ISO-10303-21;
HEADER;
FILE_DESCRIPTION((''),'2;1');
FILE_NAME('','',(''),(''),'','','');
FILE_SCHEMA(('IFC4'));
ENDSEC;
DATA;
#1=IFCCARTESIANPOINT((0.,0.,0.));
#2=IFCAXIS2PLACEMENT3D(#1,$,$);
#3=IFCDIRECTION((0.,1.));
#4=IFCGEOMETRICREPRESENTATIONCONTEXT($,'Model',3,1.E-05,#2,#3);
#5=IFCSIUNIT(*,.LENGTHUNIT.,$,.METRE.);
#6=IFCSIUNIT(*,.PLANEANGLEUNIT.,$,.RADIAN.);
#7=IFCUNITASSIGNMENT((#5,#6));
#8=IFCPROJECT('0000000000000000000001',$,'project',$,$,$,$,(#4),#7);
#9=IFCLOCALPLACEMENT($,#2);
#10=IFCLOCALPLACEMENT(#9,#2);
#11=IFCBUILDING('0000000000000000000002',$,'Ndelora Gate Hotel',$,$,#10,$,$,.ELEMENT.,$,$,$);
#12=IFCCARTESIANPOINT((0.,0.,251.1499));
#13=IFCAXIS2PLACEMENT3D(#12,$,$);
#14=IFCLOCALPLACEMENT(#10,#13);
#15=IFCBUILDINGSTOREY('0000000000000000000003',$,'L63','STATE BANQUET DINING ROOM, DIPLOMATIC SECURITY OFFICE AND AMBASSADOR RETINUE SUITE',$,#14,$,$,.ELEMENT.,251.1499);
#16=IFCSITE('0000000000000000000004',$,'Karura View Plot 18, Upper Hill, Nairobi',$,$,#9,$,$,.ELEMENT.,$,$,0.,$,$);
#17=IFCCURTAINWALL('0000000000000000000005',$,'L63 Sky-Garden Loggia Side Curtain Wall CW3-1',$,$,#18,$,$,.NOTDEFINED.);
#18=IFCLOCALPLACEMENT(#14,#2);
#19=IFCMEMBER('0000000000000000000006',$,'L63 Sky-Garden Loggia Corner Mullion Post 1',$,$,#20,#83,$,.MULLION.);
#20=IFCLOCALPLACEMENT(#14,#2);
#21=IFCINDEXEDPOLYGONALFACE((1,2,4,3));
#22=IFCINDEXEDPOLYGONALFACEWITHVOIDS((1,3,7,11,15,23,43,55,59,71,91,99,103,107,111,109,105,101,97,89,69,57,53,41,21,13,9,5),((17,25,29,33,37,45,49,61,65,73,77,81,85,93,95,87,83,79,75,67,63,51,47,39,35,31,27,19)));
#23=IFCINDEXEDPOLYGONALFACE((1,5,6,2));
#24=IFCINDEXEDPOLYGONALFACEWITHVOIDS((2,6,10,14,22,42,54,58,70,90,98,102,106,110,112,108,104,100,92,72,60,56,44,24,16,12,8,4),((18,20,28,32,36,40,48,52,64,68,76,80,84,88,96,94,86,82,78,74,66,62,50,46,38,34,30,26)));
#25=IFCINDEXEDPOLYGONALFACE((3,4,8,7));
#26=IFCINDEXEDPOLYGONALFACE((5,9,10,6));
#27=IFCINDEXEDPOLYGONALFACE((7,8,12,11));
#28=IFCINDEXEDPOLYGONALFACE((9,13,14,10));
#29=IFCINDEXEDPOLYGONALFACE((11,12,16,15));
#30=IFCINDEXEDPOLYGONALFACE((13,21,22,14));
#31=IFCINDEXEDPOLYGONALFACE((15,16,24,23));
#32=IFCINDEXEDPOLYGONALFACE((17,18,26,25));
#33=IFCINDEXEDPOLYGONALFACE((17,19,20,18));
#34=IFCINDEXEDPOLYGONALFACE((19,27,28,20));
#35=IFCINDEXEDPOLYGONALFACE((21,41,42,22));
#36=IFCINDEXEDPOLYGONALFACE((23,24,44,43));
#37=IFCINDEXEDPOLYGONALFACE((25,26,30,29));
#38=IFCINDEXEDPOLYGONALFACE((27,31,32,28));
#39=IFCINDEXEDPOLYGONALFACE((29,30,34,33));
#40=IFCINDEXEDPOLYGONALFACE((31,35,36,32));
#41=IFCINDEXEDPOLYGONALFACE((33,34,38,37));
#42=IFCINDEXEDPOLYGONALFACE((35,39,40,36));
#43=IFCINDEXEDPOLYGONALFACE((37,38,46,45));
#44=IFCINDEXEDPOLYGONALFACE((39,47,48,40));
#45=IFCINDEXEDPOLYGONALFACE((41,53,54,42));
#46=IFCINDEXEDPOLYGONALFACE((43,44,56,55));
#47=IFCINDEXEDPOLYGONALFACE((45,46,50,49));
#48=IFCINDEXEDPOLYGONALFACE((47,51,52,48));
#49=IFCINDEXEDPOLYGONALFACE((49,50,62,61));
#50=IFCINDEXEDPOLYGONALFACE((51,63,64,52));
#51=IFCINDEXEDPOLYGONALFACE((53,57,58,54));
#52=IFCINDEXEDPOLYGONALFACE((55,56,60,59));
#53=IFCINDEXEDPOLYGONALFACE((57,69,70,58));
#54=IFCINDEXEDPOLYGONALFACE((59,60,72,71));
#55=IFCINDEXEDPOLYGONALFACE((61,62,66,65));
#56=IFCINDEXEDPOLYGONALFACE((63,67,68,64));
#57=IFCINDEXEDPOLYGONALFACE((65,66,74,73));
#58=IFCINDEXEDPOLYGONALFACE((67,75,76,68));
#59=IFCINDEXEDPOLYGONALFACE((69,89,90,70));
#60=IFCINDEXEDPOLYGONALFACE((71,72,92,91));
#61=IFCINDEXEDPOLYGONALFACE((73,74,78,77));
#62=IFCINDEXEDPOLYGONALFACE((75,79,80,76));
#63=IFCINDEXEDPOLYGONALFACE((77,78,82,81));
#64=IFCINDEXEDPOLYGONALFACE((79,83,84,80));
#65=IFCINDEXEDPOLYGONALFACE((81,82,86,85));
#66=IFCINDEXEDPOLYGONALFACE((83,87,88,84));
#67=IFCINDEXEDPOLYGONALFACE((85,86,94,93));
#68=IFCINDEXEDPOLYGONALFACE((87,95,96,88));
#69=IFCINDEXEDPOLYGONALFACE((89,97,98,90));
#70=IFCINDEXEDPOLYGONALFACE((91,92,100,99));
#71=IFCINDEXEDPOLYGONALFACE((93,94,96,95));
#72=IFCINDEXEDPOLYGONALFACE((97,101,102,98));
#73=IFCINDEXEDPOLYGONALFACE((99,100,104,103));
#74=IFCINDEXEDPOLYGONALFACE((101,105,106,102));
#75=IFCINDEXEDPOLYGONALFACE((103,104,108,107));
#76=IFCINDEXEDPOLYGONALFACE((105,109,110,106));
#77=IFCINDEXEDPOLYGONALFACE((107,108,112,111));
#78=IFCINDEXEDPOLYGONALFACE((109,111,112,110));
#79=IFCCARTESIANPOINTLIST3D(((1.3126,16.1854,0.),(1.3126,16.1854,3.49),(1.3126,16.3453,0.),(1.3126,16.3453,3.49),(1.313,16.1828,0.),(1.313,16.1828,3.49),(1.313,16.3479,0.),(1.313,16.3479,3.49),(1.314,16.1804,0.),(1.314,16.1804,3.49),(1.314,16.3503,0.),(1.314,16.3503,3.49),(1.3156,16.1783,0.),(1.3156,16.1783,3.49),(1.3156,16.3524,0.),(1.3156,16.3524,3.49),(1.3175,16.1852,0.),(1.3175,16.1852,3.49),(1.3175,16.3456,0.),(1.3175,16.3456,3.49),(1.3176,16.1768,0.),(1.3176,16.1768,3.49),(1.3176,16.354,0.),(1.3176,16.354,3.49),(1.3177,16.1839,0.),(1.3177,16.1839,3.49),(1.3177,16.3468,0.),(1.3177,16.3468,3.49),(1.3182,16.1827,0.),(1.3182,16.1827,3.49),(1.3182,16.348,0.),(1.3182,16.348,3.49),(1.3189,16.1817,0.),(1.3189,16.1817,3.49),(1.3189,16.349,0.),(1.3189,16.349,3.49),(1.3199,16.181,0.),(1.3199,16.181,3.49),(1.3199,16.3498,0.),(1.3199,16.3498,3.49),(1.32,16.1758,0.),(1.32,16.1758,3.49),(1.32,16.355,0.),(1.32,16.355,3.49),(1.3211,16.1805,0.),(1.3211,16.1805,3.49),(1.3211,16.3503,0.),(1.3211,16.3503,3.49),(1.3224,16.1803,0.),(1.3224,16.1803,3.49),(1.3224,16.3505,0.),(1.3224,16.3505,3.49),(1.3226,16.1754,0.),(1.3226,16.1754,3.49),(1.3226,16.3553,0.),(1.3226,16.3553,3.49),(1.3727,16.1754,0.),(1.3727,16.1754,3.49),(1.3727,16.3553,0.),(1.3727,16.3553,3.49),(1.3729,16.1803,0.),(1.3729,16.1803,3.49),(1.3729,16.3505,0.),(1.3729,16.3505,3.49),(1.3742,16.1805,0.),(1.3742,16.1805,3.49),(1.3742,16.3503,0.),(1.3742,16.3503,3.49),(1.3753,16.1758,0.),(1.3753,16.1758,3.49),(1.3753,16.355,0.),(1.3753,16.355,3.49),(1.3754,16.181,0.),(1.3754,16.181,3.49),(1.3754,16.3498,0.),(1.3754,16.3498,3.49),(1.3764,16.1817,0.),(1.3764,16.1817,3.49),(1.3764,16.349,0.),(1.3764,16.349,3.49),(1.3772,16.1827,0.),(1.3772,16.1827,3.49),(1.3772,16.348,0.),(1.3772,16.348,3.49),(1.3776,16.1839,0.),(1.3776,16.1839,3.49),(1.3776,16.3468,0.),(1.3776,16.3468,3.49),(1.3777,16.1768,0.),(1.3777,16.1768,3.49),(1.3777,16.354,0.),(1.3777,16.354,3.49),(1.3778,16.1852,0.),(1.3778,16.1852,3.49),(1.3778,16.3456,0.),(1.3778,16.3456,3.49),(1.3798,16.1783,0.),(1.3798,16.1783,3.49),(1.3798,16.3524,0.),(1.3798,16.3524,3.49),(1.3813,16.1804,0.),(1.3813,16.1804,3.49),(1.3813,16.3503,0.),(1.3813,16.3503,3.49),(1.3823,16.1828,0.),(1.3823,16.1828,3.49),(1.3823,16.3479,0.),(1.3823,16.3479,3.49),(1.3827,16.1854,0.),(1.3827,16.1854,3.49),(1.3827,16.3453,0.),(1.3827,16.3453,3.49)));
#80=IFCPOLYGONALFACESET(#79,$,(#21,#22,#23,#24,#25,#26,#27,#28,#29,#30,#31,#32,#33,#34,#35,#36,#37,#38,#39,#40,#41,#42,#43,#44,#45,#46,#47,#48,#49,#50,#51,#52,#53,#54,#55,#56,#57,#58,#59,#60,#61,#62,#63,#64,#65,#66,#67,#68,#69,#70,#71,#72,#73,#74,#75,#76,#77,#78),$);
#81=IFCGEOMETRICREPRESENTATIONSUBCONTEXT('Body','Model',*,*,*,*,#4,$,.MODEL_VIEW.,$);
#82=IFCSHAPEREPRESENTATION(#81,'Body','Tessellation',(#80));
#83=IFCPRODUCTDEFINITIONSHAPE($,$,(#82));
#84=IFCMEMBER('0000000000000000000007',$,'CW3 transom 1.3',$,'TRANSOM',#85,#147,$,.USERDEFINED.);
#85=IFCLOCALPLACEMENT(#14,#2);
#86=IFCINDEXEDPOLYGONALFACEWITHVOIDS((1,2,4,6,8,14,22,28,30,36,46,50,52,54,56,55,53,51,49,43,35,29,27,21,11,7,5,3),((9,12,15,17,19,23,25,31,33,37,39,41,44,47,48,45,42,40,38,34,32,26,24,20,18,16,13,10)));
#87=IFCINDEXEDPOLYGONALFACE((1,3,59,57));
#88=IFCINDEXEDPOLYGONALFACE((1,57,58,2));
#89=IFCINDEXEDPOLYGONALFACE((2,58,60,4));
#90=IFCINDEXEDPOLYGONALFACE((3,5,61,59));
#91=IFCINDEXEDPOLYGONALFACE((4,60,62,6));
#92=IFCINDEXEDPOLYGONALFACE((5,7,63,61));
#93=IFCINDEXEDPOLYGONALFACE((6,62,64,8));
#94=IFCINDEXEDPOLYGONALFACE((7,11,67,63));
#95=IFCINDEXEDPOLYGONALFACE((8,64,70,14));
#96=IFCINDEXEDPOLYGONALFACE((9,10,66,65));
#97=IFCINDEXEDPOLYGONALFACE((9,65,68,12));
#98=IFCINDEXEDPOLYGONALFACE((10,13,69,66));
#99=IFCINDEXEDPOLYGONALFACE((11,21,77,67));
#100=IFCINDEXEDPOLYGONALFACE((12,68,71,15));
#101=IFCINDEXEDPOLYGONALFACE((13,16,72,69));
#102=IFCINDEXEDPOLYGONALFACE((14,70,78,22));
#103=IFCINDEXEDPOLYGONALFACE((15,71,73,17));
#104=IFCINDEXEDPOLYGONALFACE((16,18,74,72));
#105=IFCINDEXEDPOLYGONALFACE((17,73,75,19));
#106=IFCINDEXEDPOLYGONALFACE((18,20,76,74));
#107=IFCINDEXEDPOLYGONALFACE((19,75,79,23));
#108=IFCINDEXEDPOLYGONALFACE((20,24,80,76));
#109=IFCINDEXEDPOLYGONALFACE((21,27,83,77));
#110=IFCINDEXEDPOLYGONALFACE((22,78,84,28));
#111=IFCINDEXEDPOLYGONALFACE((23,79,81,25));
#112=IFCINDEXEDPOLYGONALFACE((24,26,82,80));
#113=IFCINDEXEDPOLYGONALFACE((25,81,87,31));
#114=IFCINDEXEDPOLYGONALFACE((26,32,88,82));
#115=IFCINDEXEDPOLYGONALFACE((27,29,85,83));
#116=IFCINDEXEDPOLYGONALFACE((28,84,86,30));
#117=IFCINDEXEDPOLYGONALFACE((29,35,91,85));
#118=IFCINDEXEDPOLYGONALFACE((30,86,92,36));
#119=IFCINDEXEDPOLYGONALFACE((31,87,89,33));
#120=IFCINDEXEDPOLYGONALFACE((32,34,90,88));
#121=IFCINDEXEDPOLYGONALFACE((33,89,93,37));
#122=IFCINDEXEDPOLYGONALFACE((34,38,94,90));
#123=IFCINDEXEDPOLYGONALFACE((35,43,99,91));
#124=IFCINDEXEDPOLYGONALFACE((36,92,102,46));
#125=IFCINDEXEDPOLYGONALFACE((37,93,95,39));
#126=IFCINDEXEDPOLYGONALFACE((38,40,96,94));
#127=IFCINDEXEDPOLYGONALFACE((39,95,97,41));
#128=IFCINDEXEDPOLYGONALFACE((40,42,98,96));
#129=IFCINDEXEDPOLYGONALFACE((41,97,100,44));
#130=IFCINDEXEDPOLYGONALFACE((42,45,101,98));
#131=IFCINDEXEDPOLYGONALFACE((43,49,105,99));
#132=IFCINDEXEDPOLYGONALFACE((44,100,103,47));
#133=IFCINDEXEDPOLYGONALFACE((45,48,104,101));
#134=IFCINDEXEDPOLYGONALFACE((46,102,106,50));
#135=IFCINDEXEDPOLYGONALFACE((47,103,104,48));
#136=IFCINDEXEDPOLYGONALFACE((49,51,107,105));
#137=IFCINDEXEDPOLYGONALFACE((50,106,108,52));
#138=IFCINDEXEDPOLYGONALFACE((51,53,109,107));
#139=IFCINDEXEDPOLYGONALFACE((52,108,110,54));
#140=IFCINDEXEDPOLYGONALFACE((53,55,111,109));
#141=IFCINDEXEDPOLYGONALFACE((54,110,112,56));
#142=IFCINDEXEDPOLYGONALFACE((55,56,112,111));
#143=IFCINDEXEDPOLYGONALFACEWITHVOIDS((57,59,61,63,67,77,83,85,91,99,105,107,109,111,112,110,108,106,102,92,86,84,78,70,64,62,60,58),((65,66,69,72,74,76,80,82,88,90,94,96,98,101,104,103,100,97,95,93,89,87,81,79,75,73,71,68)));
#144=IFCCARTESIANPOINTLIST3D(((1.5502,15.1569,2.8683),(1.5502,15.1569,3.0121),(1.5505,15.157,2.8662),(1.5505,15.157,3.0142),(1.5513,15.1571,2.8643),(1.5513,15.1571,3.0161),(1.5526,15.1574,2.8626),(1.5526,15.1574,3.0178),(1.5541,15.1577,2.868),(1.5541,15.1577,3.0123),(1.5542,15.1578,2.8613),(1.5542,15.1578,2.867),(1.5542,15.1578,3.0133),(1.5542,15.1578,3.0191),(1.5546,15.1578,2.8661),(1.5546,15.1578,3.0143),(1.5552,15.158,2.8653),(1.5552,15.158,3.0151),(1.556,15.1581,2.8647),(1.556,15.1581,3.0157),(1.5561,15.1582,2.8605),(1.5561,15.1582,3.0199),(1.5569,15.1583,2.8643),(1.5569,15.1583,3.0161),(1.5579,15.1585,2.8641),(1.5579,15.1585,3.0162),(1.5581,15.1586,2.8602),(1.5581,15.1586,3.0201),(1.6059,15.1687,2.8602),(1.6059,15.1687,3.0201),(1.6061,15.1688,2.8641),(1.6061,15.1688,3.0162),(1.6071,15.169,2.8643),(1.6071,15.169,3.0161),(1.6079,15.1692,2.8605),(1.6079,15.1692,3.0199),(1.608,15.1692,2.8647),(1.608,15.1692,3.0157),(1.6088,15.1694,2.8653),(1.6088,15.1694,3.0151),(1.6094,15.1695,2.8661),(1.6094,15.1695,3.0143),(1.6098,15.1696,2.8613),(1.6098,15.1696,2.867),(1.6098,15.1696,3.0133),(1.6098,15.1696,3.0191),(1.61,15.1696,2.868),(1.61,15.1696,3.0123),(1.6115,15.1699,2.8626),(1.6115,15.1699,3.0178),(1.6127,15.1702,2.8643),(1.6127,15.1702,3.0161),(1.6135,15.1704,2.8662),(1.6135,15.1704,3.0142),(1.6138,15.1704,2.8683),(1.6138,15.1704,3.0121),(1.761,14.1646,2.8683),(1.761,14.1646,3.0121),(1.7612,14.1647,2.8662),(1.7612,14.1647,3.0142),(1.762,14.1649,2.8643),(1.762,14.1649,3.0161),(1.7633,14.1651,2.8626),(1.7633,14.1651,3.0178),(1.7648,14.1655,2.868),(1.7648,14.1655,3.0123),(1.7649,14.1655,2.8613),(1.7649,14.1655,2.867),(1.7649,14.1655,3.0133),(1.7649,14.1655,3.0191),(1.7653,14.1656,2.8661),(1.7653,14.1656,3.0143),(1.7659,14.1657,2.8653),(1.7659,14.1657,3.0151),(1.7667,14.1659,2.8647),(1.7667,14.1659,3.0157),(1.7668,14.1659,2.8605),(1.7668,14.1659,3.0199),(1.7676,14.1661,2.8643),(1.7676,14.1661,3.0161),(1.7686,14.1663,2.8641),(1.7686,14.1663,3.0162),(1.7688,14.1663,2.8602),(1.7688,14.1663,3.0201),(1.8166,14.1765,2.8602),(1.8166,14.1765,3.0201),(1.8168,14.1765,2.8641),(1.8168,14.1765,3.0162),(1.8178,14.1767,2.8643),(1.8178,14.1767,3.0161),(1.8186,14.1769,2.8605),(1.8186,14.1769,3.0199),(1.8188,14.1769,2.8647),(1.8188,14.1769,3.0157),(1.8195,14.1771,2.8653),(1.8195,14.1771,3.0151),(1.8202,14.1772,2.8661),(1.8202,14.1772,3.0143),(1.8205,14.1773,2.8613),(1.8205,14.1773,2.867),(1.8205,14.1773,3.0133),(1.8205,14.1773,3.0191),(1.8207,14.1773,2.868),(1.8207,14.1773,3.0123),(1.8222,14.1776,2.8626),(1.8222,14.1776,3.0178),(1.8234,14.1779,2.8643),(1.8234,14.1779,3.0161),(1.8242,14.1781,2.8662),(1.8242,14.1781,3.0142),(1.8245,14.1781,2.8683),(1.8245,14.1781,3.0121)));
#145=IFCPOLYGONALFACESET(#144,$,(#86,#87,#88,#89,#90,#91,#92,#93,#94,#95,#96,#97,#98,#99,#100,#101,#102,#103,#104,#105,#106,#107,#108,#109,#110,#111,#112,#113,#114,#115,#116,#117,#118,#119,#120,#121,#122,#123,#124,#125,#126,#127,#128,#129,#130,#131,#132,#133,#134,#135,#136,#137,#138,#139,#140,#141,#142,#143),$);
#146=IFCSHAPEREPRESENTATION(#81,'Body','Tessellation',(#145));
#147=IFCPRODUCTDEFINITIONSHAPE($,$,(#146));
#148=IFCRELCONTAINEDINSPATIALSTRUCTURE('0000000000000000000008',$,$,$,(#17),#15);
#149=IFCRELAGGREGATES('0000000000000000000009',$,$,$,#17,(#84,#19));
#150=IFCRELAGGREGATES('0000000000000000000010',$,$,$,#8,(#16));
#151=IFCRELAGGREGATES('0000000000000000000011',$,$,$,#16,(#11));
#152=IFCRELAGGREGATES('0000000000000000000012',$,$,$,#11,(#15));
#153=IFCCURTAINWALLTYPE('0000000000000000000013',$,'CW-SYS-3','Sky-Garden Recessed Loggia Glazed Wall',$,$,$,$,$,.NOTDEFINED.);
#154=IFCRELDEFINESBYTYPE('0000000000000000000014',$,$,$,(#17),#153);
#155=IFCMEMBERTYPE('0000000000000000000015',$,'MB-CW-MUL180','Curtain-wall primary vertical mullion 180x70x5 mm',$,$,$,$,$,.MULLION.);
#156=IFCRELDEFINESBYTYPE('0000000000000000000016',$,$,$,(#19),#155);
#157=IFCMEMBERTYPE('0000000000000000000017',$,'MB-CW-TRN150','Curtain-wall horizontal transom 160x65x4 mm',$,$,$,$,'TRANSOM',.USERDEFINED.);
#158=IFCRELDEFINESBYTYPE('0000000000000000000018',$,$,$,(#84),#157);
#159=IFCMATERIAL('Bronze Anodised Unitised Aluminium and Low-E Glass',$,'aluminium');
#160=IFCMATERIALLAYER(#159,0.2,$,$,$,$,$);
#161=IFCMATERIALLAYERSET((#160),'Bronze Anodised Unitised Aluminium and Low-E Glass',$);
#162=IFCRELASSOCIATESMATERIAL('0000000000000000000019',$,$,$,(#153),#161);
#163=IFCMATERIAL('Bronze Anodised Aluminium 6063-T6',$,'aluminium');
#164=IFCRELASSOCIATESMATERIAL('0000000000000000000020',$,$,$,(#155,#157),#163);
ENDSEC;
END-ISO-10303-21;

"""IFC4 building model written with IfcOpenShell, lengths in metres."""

from ifc_helpers import new_model, si_unit, direction, frame, origin, origin_2d, place, context, subcontext, project, spatial, hollow_rectangle, extrude, material, layer, layer_set, material_profile, profile_set, type_object, element, aggregate, save


model = new_model("IFC4")

# Units and contexts
model_context = context("Model", 3, precision=1e-05, world=origin(), true_north=direction((0.0, 1.0)))
body_context = subcontext(model_context, "Body", "Model", "MODEL_VIEW")
ifc_project = project(units=[si_unit("LENGTHUNIT", "METRE"), si_unit("PLANEANGLEUNIT", "RADIAN")], contexts=[model_context])

# Site, building, storey
site_placement = place(None, origin())
site = spatial("IfcSite", under=ifc_project, at=site_placement, Name="Karura View Plot 18, Upper Hill, Nairobi", CompositionType="ELEMENT", RefElevation=0.0)
building_placement = place(site_placement, origin())
building = spatial("IfcBuilding", under=site, at=building_placement, Name="Ndelora Gate Hotel", CompositionType="ELEMENT")
storey_placement = place(building_placement, frame((0.0, 0.0, 251.1499)))
storey = spatial("IfcBuildingStorey", under=building, at=storey_placement, Name="L63", Description="STATE BANQUET DINING ROOM, DIPLOMATIC SECURITY OFFICE AND AMBASSADOR RETINUE SUITE", CompositionType="ELEMENT", Elevation=251.1499)

# Curtain wall, members
ifc_material_1 = material(Name="Bronze Anodised Unitised Aluminium and Low-E Glass", Category="aluminium")
ifc_layer_1 = layer(ifc_material_1, 0.2)
ifc_layer_set_1 = layer_set([ifc_layer_1], Name="Bronze Anodised Unitised Aluminium and Low-E Glass")
curtain_wall_type = type_object("IfcCurtainWallType", Name="CW-SYS-3", Description="Sky-Garden Recessed Loggia Glazed Wall", PredefinedType="NOTDEFINED", material=ifc_layer_set_1)
curtain_wall_placement = place(storey_placement, origin())
curtain_wall = element("IfcCurtainWall", 1, at=curtain_wall_placement, inside=storey, type_object=curtain_wall_type, Name="L63 Sky-Garden Loggia Side Curtain Wall CW3-1", PredefinedType="NOTDEFINED")
ifc_material_2 = material(Name="Bronze Anodised Aluminium 6063-T6", Category="aluminium")
ifc_material_profile_1 = material_profile(ifc_material_2, hollow_rectangle(XDim=0.0701, YDim=0.1799, WallThickness=0.0049, InnerFilletRadius=0.0049, OuterFilletRadius=0.01, at=origin_2d()), Name="ALU 180x70x5")
ifc_profile_set_1 = profile_set([ifc_material_profile_1], Name="Bronze Anodised Aluminium 6063-T6")
member_type_1 = type_object("IfcMemberType", Name="MB-CW-MUL180", Description="Curtain-wall primary vertical mullion 180x70x5 mm", PredefinedType="MULLION", material=ifc_profile_set_1)
member_1_placement = place(storey_placement, frame((1.3477, 16.2654, 0.0), z_axis=(0.0, 0.0, 1.0), x_axis=(1.0, 0.0, 0.0)))
member_1 = element("IfcMember", 2, at=member_1_placement, type_object=member_type_1, Name="L63 Sky-Garden Loggia Corner Mullion Post 1", PredefinedType="MULLION", context=body_context, shape_type="SweptSolid", body=[
    extrude(hollow_rectangle(XDim=0.0701, YDim=0.1799, WallThickness=0.0049, InnerFilletRadius=0.0049, OuterFilletRadius=0.01, at=origin_2d()), origin(), (0.0, 0.0, 1.0), 3.49),
])
ifc_material_profile_2 = material_profile(ifc_material_2, hollow_rectangle(XDim=0.0649, YDim=0.1599, WallThickness=0.0039, InnerFilletRadius=0.0039, OuterFilletRadius=0.0081, at=origin_2d()), Name="ALU 160x65x4")
ifc_profile_set_2 = profile_set([ifc_material_profile_2], Name="Bronze Anodised Aluminium 6063-T6")
member_type_2 = type_object("IfcMemberType", Name="MB-CW-TRN150", Description="Curtain-wall horizontal transom 160x65x4 mm", ElementType="TRANSOM", PredefinedType="USERDEFINED", material=ifc_profile_set_2)
member_2_placement = place(storey_placement, frame((1.7927, 14.1714, 2.9402), z_axis=(-0.207721, 0.978188, 0.0), x_axis=(-0.978188, -0.207721, 0.0)))
member_2 = element("IfcMember", 3, at=member_2_placement, type_object=member_type_2, Name="CW3 transom 1.3", ObjectType="TRANSOM", PredefinedType="USERDEFINED", context=body_context, shape_type="SweptSolid", body=[
    extrude(hollow_rectangle(XDim=0.0649, YDim=0.1599, WallThickness=0.0039, InnerFilletRadius=0.0039, OuterFilletRadius=0.0081, at=origin_2d()), origin(), (0.0, 0.0, 1.0), 1.0144),
])
aggregate(curtain_wall, [member_2, member_1])

save(model, "model.ifc")
